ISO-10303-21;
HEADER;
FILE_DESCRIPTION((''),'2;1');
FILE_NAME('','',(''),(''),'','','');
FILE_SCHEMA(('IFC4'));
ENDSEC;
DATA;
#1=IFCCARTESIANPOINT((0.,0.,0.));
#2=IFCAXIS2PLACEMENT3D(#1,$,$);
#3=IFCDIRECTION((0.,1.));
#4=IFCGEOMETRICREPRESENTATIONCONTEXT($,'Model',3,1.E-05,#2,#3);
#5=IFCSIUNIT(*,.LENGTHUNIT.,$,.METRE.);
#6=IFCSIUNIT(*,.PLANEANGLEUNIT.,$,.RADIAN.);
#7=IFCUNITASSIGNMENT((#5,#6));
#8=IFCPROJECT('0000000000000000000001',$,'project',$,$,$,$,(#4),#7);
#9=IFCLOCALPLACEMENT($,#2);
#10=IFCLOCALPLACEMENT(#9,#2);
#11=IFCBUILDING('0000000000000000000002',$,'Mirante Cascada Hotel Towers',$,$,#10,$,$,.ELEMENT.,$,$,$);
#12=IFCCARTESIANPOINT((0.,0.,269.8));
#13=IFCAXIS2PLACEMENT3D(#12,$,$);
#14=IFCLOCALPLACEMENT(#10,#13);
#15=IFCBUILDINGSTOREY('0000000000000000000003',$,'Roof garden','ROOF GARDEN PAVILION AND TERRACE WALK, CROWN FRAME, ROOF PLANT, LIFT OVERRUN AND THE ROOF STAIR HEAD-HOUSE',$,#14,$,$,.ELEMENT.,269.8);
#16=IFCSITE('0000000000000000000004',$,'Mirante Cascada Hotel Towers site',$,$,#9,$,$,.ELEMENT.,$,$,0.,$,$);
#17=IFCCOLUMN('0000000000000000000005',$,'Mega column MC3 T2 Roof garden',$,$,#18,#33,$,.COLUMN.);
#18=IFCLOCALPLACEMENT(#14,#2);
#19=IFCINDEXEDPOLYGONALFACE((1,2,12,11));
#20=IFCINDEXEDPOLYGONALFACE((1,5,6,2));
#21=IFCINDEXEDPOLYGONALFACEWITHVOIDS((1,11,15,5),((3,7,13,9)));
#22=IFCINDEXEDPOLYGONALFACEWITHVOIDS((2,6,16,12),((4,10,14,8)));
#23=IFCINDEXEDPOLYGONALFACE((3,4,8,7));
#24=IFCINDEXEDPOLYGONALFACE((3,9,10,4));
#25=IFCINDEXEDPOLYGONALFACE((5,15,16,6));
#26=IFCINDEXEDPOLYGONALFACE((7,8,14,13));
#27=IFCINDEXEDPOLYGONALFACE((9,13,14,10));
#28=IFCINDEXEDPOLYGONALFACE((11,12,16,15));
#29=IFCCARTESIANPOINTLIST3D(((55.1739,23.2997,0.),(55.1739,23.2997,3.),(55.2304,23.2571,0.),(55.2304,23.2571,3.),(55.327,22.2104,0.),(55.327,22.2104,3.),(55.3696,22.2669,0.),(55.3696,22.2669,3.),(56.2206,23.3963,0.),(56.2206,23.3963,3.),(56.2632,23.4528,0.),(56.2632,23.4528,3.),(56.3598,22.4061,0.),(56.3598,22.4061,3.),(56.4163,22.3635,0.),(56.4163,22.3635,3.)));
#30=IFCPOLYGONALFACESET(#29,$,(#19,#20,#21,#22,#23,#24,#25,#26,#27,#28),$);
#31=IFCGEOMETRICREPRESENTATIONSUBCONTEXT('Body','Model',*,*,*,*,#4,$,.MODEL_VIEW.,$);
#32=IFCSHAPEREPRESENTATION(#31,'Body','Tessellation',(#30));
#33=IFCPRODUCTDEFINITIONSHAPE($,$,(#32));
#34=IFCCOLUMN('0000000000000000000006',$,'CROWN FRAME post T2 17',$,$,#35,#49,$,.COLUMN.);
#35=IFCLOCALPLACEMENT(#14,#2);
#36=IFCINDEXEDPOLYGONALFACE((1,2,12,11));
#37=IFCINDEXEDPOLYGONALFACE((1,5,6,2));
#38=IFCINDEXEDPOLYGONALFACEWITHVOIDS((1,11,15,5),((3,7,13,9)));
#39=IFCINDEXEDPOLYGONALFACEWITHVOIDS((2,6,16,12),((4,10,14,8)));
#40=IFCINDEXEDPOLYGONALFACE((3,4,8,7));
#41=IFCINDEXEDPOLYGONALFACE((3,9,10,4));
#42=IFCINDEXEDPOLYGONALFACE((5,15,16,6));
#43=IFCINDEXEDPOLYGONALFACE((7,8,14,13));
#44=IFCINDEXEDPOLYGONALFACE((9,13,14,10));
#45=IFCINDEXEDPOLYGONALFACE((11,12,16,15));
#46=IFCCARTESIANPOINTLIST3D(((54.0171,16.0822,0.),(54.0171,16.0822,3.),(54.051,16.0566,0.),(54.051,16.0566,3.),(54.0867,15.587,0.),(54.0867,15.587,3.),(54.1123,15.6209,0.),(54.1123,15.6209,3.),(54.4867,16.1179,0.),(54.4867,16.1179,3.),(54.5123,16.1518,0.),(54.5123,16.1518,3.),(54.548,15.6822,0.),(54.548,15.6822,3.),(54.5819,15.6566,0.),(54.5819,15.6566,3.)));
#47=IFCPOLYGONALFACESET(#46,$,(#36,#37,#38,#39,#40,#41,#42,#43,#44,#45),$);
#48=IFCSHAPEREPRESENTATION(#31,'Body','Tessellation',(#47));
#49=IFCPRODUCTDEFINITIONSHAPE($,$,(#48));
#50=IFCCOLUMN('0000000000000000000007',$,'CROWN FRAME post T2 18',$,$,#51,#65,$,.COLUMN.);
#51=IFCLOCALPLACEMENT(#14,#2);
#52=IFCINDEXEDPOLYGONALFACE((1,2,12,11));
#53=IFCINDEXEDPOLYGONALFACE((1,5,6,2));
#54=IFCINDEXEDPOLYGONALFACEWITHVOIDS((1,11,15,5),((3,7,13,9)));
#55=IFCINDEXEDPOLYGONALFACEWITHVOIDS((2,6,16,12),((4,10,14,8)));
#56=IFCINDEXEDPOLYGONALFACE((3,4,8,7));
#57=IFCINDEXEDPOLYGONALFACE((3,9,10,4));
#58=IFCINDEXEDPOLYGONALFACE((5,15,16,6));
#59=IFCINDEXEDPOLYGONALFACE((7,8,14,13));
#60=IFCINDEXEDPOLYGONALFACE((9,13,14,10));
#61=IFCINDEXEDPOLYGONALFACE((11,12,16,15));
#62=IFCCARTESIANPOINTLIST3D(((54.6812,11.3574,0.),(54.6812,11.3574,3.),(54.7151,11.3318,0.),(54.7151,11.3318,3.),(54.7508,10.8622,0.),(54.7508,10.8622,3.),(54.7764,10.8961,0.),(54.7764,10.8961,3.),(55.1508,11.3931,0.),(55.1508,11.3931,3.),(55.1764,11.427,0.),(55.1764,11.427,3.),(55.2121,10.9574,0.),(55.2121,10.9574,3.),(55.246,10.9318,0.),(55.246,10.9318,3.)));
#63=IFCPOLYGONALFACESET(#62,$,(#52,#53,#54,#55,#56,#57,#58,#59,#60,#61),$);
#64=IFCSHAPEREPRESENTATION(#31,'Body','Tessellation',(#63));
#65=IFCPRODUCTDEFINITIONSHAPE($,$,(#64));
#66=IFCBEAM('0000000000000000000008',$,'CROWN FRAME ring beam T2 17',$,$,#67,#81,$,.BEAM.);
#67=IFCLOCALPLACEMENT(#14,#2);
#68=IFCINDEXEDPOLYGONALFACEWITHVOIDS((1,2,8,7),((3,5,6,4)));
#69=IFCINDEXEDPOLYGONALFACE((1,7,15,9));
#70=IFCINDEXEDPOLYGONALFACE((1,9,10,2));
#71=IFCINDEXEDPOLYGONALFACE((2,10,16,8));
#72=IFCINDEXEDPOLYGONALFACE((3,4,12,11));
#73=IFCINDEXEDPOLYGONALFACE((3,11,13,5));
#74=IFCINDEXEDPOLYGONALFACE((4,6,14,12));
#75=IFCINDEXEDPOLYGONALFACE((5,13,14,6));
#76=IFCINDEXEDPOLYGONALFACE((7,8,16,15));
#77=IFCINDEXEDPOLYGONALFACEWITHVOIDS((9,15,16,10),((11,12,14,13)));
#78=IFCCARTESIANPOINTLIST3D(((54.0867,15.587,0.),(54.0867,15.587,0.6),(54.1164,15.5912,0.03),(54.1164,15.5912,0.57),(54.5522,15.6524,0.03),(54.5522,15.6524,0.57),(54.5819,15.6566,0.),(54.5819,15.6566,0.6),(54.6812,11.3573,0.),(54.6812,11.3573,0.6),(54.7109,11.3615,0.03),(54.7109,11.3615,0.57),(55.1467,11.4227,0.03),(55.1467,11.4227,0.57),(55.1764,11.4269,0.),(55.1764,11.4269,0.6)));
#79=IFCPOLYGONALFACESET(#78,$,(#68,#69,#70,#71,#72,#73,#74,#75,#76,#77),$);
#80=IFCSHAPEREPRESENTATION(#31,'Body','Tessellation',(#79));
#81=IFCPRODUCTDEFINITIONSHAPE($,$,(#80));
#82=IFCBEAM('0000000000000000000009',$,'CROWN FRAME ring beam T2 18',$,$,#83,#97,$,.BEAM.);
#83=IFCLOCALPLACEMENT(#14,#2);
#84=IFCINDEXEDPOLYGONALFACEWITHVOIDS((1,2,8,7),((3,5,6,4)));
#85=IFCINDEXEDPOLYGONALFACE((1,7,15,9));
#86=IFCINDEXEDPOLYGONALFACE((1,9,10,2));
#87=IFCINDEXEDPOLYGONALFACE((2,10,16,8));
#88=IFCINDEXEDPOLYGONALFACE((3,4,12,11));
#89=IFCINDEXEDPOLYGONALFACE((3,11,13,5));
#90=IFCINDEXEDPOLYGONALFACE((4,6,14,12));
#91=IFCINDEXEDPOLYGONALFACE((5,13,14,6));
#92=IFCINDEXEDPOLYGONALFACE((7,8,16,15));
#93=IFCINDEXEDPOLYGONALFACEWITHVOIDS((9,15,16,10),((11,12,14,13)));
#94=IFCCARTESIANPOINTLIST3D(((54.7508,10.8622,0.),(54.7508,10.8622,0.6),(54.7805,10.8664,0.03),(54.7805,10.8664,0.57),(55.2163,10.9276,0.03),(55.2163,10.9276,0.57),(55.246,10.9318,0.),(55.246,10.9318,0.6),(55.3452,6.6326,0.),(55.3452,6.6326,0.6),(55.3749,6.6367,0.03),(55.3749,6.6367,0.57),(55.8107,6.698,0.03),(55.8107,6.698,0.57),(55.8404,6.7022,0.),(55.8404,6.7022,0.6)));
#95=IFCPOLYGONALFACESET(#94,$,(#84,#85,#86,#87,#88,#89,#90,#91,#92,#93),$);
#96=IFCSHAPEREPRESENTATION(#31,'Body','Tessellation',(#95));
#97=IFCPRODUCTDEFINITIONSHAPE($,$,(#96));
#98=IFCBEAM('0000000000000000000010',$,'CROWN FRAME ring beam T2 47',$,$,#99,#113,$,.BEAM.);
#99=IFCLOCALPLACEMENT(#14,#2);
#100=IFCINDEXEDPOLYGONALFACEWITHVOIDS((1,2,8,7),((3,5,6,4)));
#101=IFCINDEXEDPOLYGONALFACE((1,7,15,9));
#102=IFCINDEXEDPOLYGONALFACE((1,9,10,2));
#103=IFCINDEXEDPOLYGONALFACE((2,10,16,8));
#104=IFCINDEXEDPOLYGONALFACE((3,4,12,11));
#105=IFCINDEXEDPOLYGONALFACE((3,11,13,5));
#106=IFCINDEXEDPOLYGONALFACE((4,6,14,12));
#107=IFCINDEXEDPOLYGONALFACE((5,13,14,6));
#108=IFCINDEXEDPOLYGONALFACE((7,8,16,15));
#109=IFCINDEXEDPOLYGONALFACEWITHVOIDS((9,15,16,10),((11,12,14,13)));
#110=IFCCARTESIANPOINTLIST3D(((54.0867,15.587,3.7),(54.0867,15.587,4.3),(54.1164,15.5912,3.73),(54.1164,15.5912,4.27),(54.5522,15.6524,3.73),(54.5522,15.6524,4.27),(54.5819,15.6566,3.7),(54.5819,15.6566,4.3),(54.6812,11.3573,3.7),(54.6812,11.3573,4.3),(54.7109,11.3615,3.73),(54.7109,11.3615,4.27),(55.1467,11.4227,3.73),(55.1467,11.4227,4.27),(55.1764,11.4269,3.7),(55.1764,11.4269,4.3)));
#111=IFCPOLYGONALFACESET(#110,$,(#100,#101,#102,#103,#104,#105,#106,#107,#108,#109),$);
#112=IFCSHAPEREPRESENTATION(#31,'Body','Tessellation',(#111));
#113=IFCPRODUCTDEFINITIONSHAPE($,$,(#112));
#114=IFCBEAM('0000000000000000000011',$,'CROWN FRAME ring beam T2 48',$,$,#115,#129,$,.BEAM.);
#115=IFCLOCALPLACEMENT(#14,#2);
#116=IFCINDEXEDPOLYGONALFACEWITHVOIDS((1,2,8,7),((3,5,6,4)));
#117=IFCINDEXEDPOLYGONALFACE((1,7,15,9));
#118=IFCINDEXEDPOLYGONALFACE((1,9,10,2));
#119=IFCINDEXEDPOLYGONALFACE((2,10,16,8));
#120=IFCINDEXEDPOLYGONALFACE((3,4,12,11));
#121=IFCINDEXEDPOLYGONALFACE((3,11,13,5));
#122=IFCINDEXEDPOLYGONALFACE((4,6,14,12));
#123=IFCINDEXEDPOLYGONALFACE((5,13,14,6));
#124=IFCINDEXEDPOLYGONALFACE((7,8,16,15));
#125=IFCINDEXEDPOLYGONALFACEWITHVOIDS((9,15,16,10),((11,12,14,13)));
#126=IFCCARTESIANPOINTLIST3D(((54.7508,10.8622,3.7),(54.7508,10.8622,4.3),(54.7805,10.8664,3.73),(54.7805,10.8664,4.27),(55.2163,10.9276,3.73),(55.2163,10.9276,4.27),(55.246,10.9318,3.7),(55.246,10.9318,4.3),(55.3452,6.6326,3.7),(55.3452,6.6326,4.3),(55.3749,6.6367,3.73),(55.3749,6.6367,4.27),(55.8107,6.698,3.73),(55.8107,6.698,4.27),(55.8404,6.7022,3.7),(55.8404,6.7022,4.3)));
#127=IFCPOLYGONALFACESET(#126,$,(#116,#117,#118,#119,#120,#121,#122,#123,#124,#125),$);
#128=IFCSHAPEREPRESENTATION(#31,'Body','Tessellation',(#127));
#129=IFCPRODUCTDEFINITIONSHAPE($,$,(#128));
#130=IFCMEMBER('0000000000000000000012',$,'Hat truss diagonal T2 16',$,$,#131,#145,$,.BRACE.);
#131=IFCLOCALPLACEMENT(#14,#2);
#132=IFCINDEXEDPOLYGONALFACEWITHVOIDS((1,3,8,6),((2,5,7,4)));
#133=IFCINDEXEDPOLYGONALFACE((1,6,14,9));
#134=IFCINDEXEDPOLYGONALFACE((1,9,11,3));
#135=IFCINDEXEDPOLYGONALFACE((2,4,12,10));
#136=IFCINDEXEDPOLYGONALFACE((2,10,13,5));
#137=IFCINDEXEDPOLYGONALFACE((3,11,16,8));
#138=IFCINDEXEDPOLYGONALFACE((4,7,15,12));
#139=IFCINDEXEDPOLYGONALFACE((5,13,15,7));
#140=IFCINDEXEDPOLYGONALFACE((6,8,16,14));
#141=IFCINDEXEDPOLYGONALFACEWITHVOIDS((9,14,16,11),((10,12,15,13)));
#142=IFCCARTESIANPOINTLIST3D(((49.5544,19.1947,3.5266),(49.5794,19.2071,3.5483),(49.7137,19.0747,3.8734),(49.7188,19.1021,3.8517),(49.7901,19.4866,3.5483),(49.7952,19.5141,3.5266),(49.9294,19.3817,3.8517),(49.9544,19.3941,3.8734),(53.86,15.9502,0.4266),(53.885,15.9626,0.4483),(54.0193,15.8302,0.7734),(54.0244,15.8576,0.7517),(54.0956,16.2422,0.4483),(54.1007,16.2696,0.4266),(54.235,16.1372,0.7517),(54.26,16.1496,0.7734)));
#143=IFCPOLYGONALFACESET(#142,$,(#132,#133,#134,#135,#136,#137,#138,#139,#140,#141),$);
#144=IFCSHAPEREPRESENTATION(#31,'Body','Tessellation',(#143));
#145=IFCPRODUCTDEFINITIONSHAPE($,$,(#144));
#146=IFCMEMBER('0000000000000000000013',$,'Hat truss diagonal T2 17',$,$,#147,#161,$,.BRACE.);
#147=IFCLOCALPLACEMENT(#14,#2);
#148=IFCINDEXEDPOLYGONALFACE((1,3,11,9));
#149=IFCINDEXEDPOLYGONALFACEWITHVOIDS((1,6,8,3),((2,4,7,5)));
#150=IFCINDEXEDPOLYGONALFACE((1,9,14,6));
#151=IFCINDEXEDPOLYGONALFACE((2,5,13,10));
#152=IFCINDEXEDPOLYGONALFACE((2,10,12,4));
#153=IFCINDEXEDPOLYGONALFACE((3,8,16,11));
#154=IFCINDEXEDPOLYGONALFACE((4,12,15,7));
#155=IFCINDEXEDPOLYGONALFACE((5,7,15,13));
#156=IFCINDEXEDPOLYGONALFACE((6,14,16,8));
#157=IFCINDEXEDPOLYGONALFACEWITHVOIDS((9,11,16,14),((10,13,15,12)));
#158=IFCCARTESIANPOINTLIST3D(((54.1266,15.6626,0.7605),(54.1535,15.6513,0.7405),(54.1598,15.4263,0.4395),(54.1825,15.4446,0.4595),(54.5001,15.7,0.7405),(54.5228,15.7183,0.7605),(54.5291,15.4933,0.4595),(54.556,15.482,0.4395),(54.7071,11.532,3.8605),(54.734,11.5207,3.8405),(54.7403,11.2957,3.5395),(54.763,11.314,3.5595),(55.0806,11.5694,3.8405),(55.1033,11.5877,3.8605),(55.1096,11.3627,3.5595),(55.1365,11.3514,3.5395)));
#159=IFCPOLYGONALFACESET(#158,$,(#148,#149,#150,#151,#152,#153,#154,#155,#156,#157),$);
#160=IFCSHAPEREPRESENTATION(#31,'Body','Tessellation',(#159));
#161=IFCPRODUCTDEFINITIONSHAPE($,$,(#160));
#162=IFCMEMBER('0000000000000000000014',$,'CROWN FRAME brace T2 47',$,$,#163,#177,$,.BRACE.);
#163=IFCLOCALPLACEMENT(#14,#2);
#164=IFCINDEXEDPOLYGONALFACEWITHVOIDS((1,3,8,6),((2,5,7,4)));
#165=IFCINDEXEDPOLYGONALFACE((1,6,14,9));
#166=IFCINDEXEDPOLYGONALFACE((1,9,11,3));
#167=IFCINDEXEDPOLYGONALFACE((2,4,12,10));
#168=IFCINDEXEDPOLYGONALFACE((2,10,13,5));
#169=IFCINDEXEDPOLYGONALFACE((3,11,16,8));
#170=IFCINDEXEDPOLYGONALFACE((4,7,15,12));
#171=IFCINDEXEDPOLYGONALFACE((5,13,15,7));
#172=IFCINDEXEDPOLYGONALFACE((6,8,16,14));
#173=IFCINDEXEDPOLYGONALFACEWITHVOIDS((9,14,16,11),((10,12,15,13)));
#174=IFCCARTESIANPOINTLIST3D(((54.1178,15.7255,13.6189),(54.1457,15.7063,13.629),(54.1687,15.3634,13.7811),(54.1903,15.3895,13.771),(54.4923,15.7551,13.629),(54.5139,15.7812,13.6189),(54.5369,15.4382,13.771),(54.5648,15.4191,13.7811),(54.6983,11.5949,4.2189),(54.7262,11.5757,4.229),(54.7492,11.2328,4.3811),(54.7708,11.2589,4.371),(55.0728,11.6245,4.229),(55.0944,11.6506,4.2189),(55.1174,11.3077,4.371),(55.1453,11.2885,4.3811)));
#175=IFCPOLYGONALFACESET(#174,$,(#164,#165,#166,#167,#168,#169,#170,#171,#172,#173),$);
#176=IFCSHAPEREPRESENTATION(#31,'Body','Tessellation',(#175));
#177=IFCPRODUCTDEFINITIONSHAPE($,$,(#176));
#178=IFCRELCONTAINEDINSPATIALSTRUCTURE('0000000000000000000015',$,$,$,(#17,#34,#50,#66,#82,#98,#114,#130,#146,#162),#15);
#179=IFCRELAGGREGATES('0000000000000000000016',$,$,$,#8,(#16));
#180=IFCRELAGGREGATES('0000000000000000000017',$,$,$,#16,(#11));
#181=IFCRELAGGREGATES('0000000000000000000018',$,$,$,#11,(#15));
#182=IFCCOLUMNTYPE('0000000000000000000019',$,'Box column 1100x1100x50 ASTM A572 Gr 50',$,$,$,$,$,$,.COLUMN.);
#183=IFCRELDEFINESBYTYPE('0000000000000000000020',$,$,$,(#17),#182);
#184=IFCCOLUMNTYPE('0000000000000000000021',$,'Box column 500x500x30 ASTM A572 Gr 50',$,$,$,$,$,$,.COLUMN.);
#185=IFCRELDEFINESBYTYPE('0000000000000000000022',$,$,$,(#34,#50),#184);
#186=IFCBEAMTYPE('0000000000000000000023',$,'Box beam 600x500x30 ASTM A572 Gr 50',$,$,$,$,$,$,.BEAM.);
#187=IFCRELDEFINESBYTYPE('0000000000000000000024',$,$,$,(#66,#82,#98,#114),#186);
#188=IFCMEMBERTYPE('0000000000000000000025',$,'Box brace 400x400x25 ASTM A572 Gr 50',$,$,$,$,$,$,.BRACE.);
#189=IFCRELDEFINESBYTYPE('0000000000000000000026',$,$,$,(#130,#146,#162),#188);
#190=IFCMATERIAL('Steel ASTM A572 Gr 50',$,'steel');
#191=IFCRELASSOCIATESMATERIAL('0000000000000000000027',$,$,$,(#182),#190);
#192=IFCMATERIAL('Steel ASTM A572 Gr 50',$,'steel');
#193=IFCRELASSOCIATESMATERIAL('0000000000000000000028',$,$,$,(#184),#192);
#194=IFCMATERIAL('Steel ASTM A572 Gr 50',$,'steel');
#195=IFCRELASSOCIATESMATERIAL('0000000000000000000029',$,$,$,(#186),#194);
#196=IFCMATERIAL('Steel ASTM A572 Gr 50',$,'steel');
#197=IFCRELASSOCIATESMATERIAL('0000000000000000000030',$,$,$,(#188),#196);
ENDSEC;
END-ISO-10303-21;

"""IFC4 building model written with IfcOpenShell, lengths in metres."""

from ifc_helpers import new_model, si_unit, direction, frame, origin, origin_2d, place, context, subcontext, project, spatial, hollow_rectangle, extrude, material, material_profile, profile_set, type_object, element, save


model = new_model("IFC4")

# Units and contexts
model_context = context("Model", 3, precision=1e-05, world=origin(), true_north=direction((0.0, 1.0)))
body_context = subcontext(model_context, "Body", "Model", "MODEL_VIEW")
ifc_project = project(units=[si_unit("LENGTHUNIT", "METRE"), si_unit("PLANEANGLEUNIT", "RADIAN")], contexts=[model_context])

# Site, building, storey
site_placement = place(None, origin())
site = spatial("IfcSite", under=ifc_project, at=site_placement, Name="Mirante Cascada Hotel Towers site", CompositionType="ELEMENT", RefElevation=0.0)
building_placement = place(site_placement, origin())
building = spatial("IfcBuilding", under=site, at=building_placement, Name="Mirante Cascada Hotel Towers", CompositionType="ELEMENT")
storey_placement = place(building_placement, frame((0.0, 0.0, 269.8)))
storey = spatial("IfcBuildingStorey", under=building, at=storey_placement, Name="Roof garden", Description="ROOF GARDEN PAVILION AND TERRACE WALK, CROWN FRAME, ROOF PLANT, LIFT OVERRUN AND THE ROOF STAIR HEAD-HOUSE", CompositionType="ELEMENT", Elevation=269.8)

# Columns
ifc_material_1 = material(Name="Steel ASTM A572 Gr 50", Category="steel")
ifc_material_profile_1 = material_profile(ifc_material_1, hollow_rectangle(XDim=1.1, YDim=1.1, WallThickness=0.05, at=origin_2d()), Name="Box column 1100x1100x50 ASTM A572 Gr 50")
ifc_profile_set_1 = profile_set([ifc_material_profile_1], Name="Steel ASTM A572 Gr 50")
column_type_1 = type_object("IfcColumnType", Name="Box column 1100x1100x50 ASTM A572 Gr 50", PredefinedType="COLUMN", material=ifc_profile_set_1)
column_placement = place(storey_placement, frame((55.7951, 22.8316, 0.0), z_axis=(0.0, 0.0, 1.0), x_axis=(0.990268, 0.139173, 0.0)))
element("IfcColumn", 1, at=column_placement, inside=storey, type_object=column_type_1, Name="Mega column MC3 T2 Roof garden", PredefinedType="COLUMN", context=body_context, shape_type="SweptSolid", body=[
    extrude(hollow_rectangle(XDim=1.1, YDim=1.1, WallThickness=0.05, at=origin_2d()), origin(), (0.0, 0.0, 1.0), 3.0),
])
ifc_material_2 = material(Name="Steel ASTM A572 Gr 50", Category="steel")
ifc_material_profile_2 = material_profile(ifc_material_2, hollow_rectangle(XDim=0.5, YDim=0.5, WallThickness=0.03, at=origin_2d()), Name="Box column 500x500x30 ASTM A572 Gr 50")
ifc_profile_set_2 = profile_set([ifc_material_profile_2], Name="Steel ASTM A572 Gr 50")
column_type_2 = type_object("IfcColumnType", Name="Box column 500x500x30 ASTM A572 Gr 50", PredefinedType="COLUMN", material=ifc_profile_set_2)
for number, where, z_axis, x_axis, name in (
    (2, (54.2995, 15.8694, 0.0), (0.0, 0.0, 1.0), (0.990268, 0.139173, 0.0), "CROWN FRAME post T2 17"),
    (3, (54.9636, 11.1446, 0.0), (0.0, 0.0, 1.0), (0.990268, 0.139173, 0.0), "CROWN FRAME post T2 18"),
):
    element("IfcColumn", number, at=place(storey_placement, frame(where, z_axis=z_axis, x_axis=x_axis)), inside=storey, type_object=column_type_2, Name=name, PredefinedType="COLUMN", context=body_context, shape_type="SweptSolid", body=[
        extrude(hollow_rectangle(XDim=0.5, YDim=0.5, WallThickness=0.03, at=origin_2d()), origin(), (0.0, 0.0, 1.0), 3.0),
    ])

# Beams
ifc_material_3 = material(Name="Steel ASTM A572 Gr 50", Category="steel")
ifc_material_profile_3 = material_profile(ifc_material_3, hollow_rectangle(XDim=0.5, YDim=0.6, WallThickness=0.03, at=origin_2d()), Name="Box beam 600x500x30 ASTM A572 Gr 50")
ifc_profile_set_3 = profile_set([ifc_material_profile_3], Name="Steel ASTM A572 Gr 50")
beam_type = type_object("IfcBeamType", Name="Box beam 600x500x30 ASTM A572 Gr 50", PredefinedType="BEAM", material=ifc_profile_set_3)
beam_1_placement = place(storey_placement, frame((54.3343, 15.6218, 0.3), z_axis=(0.139186, -0.990266, 0.0), x_axis=(0.990266, 0.139186, 0.0)))
element("IfcBeam", 4, at=beam_1_placement, inside=storey, type_object=beam_type, Name="CROWN FRAME ring beam T2 17", PredefinedType="BEAM", context=body_context, shape_type="SweptSolid", body=[
    extrude(hollow_rectangle(XDim=0.5, YDim=0.6, WallThickness=0.03, at=origin_2d()), origin(), (0.0, 0.0, 1.0), 4.2713),
])
beam_2_placement = place(storey_placement, frame((54.9984, 10.897, 0.3), z_axis=(0.139166, -0.990269, 0.0), x_axis=(0.990269, 0.139166, 0.0)))
element("IfcBeam", 5, at=beam_2_placement, inside=storey, type_object=beam_type, Name="CROWN FRAME ring beam T2 18", PredefinedType="BEAM", context=body_context, shape_type="SweptSolid", body=[
    extrude(hollow_rectangle(XDim=0.5, YDim=0.6, WallThickness=0.03, at=origin_2d()), origin(), (0.0, 0.0, 1.0), 4.2712),
])
beam_3_placement = place(storey_placement, frame((54.3343, 15.6218, 4.0), z_axis=(0.139186, -0.990266, 0.0), x_axis=(0.990266, 0.139186, 0.0)))
element("IfcBeam", 6, at=beam_3_placement, inside=storey, type_object=beam_type, Name="CROWN FRAME ring beam T2 47", PredefinedType="BEAM", context=body_context, shape_type="SweptSolid", body=[
    extrude(hollow_rectangle(XDim=0.5, YDim=0.6, WallThickness=0.03, at=origin_2d()), origin(), (0.0, 0.0, 1.0), 4.2713),
])
beam_4_placement = place(storey_placement, frame((54.9984, 10.897, 4.0), z_axis=(0.139166, -0.990269, 0.0), x_axis=(0.990269, 0.139166, 0.0)))
element("IfcBeam", 7, at=beam_4_placement, inside=storey, type_object=beam_type, Name="CROWN FRAME ring beam T2 48", PredefinedType="BEAM", context=body_context, shape_type="SweptSolid", body=[
    extrude(hollow_rectangle(XDim=0.5, YDim=0.6, WallThickness=0.03, at=origin_2d()), origin(), (0.0, 0.0, 1.0), 4.2712),
])

# Members
ifc_material_4 = material(Name="Steel ASTM A572 Gr 50", Category="steel")
ifc_material_profile_4 = material_profile(ifc_material_4, hollow_rectangle(XDim=0.4, YDim=0.4, WallThickness=0.025, at=origin_2d()), Name="Box brace 400x400x25 ASTM A572 Gr 50")
ifc_profile_set_4 = profile_set([ifc_material_profile_4], Name="Steel ASTM A572 Gr 50")
member_type_1 = type_object("IfcMemberType", Name="Box brace 400x400x25 ASTM A572 Gr 50", PredefinedType="BRACE", material=ifc_profile_set_4)
member_1_placement = place(storey_placement, frame((54.06, 16.0499, 0.6), z_axis=(-0.692339, 0.521714, 0.498479), x_axis=(-0.601815, -0.798636, 0.0)))
element("IfcMember", 8, at=member_1_placement, inside=storey, type_object=member_type_1, Name="Hat truss diagonal T2 16", PredefinedType="BRACE", context=body_context, shape_type="SweptSolid", body=[
    extrude(hollow_rectangle(XDim=0.4, YDim=0.4, WallThickness=0.025, at=origin_2d()), origin(), (0.0, 0.0, 1.0), 6.2189),
])
member_2_placement = place(storey_placement, frame((54.3413, 15.5723, 0.6), z_axis=(0.111699, -0.794804, 0.596498), x_axis=(0.990269, 0.139169, 0.0)))
element("IfcMember", 9, at=member_2_placement, inside=storey, type_object=member_type_1, Name="Hat truss diagonal T2 17", PredefinedType="BRACE", context=body_context, shape_type="SweptSolid", body=[
    extrude(hollow_rectangle(XDim=0.4, YDim=0.4, WallThickness=0.025, at=origin_2d()), origin(), (0.0, 0.0, 1.0), 5.197),
])
member_3_placement = place(storey_placement, frame((54.9218, 11.4417, 4.3), z_axis=(-0.056447, 0.401657, 0.914049), x_axis=(-0.990269, -0.139169, 0.0)))
element("IfcMember", 10, at=member_3_placement, inside=storey, type_object=member_type_1, Name="CROWN FRAME brace T2 47", PredefinedType="BRACE", context=body_context, shape_type="SweptSolid", body=[
    extrude(hollow_rectangle(XDim=0.4, YDim=0.4, WallThickness=0.025, at=origin_2d()), origin(), (0.0, 0.0, 1.0), 10.2839),
])

save(model, "model.ifc")
